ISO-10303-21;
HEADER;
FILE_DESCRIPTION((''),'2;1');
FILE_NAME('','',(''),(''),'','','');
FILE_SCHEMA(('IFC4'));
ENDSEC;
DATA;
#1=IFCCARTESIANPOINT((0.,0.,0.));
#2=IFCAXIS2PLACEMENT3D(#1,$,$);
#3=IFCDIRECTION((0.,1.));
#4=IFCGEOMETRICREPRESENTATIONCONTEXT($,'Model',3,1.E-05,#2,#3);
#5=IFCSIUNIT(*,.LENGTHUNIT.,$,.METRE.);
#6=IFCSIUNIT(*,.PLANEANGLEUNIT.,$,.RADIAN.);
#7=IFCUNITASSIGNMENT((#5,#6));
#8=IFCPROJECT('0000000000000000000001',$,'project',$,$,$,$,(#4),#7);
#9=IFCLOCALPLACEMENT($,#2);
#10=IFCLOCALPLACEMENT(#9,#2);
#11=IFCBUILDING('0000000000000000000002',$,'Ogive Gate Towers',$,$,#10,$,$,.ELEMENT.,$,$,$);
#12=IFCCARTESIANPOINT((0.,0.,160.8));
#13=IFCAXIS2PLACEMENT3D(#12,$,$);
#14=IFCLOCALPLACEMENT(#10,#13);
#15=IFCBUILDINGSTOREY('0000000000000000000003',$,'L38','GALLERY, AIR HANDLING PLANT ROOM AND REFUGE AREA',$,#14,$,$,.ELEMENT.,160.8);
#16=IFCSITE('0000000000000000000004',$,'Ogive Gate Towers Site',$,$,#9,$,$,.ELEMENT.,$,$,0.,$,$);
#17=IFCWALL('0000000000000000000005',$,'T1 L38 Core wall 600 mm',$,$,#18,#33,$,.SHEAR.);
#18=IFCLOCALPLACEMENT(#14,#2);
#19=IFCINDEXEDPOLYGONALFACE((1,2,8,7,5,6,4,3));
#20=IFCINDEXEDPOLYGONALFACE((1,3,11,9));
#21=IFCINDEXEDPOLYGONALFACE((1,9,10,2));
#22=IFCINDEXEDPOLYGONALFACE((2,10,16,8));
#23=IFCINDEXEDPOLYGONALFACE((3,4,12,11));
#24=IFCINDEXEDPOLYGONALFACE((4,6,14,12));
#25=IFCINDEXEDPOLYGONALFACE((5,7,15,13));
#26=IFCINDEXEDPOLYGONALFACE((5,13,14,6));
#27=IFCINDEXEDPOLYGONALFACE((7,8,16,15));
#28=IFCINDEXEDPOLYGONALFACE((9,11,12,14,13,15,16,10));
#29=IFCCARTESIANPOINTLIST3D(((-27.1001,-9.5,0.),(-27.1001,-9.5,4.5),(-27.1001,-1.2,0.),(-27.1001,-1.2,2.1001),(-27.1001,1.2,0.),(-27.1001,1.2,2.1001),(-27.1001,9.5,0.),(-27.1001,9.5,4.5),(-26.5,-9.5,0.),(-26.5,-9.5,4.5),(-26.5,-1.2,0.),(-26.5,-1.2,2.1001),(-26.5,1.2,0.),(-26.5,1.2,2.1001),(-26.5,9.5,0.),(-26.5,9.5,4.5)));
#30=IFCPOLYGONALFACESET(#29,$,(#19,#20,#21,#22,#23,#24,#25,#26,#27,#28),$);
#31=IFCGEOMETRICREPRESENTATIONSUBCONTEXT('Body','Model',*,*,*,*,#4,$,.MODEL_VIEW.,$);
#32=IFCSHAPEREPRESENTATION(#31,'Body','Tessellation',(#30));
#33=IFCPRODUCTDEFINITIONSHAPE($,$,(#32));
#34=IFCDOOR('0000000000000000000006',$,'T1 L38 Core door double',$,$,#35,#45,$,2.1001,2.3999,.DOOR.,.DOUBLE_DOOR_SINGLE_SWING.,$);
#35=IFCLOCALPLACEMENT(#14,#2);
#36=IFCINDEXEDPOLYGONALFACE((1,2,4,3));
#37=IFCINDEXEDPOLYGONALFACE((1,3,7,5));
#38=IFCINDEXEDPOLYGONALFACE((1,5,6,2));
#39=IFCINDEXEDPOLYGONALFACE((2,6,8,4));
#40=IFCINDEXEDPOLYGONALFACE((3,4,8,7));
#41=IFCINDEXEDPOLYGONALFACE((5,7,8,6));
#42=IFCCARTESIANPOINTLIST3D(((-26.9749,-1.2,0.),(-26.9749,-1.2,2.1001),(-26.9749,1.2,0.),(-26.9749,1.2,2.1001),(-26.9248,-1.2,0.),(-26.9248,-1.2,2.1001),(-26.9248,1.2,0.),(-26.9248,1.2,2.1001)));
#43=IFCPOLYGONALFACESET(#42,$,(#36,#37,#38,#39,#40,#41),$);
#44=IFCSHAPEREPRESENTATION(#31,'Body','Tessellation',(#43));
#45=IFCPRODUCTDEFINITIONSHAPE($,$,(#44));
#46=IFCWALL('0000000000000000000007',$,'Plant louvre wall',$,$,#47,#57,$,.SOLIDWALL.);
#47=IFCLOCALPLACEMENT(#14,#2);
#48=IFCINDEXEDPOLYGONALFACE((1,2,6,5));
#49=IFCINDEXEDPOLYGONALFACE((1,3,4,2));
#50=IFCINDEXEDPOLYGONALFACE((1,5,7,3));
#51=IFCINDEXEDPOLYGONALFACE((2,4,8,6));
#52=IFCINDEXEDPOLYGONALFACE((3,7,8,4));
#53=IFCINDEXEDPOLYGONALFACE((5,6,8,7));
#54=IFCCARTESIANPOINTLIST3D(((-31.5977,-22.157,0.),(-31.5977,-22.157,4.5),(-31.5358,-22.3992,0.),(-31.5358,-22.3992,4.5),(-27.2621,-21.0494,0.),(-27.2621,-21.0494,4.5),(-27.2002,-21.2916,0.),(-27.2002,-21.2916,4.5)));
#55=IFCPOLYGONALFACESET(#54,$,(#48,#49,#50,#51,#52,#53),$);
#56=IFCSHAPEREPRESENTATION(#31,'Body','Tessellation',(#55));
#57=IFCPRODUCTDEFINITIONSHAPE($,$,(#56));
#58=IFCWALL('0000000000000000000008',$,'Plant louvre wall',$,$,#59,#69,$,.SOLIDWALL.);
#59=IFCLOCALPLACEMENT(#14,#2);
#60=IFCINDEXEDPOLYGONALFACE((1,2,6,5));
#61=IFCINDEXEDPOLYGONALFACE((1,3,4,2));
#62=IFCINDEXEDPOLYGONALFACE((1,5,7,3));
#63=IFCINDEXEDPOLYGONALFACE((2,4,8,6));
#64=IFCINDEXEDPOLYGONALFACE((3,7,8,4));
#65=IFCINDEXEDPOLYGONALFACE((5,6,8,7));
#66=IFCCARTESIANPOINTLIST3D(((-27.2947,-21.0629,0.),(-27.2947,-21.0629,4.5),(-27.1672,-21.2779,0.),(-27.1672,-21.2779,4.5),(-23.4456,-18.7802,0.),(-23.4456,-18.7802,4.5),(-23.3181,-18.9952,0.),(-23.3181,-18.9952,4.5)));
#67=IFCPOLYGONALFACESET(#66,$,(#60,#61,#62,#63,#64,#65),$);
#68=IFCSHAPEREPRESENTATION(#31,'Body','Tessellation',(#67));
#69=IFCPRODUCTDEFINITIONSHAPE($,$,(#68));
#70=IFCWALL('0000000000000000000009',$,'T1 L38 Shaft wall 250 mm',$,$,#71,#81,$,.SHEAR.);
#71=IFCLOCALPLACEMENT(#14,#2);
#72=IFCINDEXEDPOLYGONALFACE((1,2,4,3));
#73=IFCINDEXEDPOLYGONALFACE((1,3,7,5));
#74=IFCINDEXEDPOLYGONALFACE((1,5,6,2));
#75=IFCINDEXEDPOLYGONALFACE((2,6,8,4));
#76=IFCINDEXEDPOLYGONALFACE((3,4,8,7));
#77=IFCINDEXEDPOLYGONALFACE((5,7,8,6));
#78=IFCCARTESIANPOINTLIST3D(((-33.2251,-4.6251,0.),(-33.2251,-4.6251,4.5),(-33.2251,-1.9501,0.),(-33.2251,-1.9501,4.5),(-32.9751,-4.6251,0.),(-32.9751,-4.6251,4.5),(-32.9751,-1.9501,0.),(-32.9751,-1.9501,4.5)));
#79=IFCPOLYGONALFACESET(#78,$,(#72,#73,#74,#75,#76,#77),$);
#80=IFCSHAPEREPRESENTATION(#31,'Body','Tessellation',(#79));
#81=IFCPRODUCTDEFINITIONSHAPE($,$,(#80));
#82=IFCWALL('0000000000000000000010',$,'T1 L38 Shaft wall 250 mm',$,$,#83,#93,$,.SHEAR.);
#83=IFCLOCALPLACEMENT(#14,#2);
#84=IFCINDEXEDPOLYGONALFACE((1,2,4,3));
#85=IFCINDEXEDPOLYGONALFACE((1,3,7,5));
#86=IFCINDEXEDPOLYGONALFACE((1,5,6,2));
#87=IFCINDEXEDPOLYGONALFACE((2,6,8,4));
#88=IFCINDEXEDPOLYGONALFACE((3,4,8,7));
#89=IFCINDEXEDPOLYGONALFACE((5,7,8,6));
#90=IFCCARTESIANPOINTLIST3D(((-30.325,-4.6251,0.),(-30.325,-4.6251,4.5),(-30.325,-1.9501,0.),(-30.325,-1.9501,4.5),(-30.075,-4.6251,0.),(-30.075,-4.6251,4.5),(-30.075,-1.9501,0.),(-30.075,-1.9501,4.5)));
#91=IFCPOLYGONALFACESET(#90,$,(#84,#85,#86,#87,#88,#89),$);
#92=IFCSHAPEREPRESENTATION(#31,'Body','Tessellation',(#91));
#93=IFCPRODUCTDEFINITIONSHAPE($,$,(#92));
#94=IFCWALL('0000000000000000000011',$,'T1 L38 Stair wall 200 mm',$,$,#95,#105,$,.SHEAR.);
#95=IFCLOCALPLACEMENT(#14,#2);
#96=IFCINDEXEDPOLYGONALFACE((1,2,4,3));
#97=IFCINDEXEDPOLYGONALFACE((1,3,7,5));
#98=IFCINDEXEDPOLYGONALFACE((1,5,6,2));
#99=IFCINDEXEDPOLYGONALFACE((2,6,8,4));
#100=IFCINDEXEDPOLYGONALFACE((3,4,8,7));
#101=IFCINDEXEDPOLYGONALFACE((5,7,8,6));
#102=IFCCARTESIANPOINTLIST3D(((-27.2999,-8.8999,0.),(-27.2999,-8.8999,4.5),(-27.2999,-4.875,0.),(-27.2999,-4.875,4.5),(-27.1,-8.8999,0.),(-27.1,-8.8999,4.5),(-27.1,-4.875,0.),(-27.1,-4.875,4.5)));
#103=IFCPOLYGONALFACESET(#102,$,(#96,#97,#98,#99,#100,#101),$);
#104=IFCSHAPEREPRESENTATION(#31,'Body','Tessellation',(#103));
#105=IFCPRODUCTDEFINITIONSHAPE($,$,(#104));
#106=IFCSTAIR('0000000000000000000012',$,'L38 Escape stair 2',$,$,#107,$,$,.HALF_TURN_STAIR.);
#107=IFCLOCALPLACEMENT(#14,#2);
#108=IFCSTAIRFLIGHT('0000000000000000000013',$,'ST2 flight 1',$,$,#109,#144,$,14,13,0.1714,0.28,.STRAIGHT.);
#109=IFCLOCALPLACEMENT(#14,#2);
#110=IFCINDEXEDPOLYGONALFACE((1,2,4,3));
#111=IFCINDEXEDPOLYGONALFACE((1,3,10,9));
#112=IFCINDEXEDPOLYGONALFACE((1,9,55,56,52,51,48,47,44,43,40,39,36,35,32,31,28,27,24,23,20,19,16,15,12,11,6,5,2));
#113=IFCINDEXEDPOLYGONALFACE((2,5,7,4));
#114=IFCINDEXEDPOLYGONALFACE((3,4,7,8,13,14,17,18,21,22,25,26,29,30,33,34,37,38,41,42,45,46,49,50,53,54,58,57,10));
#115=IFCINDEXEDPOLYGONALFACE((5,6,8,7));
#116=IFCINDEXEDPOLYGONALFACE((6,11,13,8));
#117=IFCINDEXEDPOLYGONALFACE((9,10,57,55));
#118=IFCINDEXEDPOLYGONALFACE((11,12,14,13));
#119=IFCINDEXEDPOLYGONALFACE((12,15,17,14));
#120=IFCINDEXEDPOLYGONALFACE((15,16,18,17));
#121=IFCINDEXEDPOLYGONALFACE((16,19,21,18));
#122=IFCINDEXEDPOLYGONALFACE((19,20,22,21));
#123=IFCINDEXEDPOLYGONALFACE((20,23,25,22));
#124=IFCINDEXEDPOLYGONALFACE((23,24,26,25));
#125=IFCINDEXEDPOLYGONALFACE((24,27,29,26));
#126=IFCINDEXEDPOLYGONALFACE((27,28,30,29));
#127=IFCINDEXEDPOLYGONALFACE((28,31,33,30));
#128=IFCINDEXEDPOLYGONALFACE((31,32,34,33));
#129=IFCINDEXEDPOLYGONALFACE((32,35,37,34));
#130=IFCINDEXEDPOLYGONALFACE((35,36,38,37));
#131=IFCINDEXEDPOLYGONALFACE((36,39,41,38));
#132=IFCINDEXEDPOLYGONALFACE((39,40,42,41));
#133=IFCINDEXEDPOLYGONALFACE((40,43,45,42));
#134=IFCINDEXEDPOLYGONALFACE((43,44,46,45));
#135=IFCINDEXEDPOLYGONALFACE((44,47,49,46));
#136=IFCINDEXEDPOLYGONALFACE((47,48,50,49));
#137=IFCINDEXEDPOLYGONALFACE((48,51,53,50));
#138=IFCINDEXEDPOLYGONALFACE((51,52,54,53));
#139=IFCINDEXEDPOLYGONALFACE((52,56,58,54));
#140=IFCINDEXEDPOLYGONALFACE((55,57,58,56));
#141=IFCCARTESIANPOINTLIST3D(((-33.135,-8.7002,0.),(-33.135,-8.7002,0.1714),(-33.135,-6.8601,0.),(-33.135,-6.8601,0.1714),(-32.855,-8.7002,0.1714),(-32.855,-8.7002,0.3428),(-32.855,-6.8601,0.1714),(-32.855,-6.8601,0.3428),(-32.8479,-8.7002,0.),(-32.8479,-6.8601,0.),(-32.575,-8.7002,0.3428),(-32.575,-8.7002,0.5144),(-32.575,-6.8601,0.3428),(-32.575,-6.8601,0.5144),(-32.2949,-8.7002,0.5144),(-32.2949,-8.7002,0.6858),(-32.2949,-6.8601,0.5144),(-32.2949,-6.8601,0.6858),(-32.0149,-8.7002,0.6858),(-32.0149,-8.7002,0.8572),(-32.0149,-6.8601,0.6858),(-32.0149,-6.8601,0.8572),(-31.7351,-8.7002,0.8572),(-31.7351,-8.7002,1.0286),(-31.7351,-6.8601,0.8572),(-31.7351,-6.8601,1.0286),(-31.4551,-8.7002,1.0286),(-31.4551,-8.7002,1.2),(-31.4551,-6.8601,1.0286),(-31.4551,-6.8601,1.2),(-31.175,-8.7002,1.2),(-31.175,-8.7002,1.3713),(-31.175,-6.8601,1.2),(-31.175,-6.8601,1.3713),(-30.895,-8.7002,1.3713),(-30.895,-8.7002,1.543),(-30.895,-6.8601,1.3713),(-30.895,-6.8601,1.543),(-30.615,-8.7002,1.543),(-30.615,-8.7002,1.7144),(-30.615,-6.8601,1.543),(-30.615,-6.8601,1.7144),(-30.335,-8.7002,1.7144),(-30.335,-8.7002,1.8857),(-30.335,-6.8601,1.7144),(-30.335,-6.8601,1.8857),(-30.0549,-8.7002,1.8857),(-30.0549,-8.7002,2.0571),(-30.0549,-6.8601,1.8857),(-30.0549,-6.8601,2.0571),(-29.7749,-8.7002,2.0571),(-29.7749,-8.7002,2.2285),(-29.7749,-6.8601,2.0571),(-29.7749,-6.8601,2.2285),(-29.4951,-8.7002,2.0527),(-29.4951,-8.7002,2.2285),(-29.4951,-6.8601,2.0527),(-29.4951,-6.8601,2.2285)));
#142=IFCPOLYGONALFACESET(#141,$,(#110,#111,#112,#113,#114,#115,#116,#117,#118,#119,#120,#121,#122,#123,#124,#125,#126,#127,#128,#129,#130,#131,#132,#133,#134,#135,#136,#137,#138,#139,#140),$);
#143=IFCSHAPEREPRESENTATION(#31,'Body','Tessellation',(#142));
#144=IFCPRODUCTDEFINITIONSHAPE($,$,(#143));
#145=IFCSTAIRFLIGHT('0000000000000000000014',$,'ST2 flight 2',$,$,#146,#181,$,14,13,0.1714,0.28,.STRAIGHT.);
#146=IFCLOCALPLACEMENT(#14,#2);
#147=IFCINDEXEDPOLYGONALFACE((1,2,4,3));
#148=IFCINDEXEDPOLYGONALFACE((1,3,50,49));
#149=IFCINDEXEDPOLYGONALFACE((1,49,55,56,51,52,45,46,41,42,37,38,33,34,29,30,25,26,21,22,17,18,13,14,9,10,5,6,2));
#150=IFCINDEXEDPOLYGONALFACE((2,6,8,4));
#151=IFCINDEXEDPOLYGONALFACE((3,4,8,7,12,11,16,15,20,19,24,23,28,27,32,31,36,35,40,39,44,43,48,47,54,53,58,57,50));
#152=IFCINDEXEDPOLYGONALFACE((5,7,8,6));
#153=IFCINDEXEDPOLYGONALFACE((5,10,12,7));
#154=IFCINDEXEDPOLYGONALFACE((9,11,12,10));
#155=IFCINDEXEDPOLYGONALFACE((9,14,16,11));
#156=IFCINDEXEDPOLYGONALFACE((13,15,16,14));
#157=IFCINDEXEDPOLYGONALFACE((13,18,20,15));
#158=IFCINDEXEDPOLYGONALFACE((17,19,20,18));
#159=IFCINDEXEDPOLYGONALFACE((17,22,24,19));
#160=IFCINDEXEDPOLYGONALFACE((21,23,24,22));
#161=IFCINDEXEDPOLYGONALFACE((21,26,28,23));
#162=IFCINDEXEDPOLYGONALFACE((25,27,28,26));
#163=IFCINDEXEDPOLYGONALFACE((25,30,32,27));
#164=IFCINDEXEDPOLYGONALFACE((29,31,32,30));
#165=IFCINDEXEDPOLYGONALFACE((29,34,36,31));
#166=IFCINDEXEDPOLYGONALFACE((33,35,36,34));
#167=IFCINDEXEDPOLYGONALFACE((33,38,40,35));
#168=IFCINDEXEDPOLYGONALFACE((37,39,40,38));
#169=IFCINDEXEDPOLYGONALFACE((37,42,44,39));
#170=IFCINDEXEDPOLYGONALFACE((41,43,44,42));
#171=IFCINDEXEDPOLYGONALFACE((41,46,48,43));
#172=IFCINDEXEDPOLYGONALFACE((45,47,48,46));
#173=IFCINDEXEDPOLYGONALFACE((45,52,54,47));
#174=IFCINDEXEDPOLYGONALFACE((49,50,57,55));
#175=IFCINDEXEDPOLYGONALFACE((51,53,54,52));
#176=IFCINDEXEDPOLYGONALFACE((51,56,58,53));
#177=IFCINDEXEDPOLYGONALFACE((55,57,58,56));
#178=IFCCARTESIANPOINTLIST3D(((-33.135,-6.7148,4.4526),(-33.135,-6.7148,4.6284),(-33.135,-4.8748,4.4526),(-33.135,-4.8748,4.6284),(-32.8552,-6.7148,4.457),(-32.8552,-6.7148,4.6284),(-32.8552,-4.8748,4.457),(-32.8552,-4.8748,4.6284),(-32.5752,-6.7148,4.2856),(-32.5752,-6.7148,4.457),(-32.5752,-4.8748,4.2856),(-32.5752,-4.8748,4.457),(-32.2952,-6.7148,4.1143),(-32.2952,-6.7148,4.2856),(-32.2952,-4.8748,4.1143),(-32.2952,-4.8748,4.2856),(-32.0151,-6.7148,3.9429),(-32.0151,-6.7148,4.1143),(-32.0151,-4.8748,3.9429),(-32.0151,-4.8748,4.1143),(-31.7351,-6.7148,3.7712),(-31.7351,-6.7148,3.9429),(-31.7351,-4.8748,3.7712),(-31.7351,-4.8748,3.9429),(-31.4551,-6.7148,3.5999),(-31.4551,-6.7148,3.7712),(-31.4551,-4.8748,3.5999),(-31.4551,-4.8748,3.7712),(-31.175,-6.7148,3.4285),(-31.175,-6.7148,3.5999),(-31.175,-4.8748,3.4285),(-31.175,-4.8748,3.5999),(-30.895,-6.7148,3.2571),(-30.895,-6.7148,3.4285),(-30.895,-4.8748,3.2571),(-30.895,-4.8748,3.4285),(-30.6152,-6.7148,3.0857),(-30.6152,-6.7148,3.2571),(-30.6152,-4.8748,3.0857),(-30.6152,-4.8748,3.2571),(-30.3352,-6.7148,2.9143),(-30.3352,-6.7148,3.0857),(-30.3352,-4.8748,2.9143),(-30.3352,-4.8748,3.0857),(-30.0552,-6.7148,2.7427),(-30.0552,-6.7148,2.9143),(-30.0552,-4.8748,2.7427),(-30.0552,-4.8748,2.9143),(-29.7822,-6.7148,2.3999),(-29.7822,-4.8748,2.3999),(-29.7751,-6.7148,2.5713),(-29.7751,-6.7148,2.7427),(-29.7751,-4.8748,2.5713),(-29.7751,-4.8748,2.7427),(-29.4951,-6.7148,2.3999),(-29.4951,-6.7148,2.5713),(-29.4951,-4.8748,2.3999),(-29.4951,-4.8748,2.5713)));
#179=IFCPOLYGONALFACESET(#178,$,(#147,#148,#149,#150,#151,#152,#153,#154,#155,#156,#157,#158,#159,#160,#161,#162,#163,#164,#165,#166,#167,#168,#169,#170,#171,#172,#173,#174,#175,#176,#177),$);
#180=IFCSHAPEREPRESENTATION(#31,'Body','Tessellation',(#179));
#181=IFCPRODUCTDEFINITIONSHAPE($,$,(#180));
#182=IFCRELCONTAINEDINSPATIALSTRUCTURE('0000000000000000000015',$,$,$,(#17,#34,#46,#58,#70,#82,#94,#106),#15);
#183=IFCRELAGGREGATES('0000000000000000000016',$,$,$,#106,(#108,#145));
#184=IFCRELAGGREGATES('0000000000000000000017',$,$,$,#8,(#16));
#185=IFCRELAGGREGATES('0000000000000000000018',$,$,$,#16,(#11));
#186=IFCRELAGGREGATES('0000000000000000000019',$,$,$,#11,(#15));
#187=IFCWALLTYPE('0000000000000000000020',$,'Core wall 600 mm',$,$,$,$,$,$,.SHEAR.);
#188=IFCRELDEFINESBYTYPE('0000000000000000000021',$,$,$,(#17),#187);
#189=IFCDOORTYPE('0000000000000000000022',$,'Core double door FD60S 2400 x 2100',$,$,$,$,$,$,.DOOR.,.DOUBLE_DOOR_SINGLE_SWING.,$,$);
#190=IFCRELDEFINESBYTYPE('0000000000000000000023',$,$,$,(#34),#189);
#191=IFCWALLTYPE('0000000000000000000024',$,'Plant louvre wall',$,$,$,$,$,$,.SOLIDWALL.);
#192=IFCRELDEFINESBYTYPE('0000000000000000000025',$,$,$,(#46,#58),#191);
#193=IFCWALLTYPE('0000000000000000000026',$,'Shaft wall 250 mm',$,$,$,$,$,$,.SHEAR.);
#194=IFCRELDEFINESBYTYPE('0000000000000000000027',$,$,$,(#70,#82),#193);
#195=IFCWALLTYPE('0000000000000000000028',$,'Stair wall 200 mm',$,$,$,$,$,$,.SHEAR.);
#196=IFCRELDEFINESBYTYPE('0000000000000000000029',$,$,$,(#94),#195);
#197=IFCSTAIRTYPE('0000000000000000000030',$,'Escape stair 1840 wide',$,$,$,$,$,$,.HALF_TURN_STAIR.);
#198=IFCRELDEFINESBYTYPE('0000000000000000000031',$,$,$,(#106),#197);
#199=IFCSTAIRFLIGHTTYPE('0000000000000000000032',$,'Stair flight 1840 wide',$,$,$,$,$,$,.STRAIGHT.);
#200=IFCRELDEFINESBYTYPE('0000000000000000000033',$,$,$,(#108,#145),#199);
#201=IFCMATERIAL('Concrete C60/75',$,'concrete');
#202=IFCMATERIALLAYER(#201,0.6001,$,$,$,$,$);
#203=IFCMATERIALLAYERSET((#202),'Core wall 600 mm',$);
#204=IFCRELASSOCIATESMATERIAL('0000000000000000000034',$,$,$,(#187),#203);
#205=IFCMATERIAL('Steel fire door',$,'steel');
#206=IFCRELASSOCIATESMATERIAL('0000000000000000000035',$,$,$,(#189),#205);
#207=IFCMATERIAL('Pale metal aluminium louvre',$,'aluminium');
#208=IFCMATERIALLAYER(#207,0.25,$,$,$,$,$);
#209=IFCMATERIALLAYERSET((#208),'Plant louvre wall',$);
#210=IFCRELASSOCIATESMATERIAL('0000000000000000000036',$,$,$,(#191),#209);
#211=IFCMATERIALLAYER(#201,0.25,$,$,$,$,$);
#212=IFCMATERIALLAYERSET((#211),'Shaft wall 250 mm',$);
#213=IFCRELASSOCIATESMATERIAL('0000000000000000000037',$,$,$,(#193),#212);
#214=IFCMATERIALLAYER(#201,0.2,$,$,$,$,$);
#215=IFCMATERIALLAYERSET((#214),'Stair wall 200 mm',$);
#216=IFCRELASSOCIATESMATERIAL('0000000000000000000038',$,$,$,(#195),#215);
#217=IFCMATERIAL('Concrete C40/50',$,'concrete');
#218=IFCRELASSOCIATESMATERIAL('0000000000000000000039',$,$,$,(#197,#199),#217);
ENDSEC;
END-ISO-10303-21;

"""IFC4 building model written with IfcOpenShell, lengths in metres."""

from ifc_helpers import new_model, si_unit, direction, frame, frame_2d, origin, place, context, subcontext, project, spatial, polyline, rectangle, outline, extrude, material, layer, layer_set, type_object, element, fill, aggregate, save


model = new_model("IFC4")

# Units and contexts
model_context = context("Model", 3, precision=1e-05, world=origin(), true_north=direction((0.0, 1.0)))
body_context = subcontext(model_context, "Body", "Model", "MODEL_VIEW")
ifc_project = project(units=[si_unit("LENGTHUNIT", "METRE"), si_unit("PLANEANGLEUNIT", "RADIAN")], contexts=[model_context])

# Site, building, storey
site_placement = place(None, origin())
site = spatial("IfcSite", under=ifc_project, at=site_placement, Name="Ogive Gate Towers Site", CompositionType="ELEMENT", RefElevation=0.0)
building_placement = place(site_placement, origin())
building = spatial("IfcBuilding", under=site, at=building_placement, Name="Ogive Gate Towers", CompositionType="ELEMENT")
storey_placement = place(building_placement, frame((0.0, 0.0, 160.8)))
storey = spatial("IfcBuildingStorey", under=building, at=storey_placement, Name="L38", Description="GALLERY, AIR HANDLING PLANT ROOM AND REFUGE AREA", CompositionType="ELEMENT", Elevation=160.8)

# Wall, opening, door
ifc_material_1 = material(Name="Steel fire door", Category="steel")
ifc_material_2 = material(Name="Concrete C60/75", Category="concrete")
ifc_layer_1 = layer(ifc_material_2, 0.6001)
ifc_layer_set_1 = layer_set([ifc_layer_1], Name="Core wall 600 mm")
wall_type_1 = type_object("IfcWallType", Name="Core wall 600 mm", PredefinedType="SHEAR", material=ifc_layer_set_1)
wall_1_placement = place(storey_placement, frame((-26.8, -9.5, 0.0), z_axis=(0.0, 0.0, 1.0), x_axis=(0.0, 1.0, 0.0)))
wall_1 = element("IfcWall", 1, at=wall_1_placement, inside=storey, type_object=wall_type_1, Name="T1 L38 Core wall 600 mm", PredefinedType="SHEAR", context=body_context, shape_type="SweptSolid", body=[
    extrude(rectangle(XDim=19.0, YDim=0.6001, at=frame_2d((9.5, 0.0))), origin(), (0.0, 0.0, 1.0), 4.5),
])
opening_1_placement = place(wall_1_placement, frame((8.3, 0.0, 0.0)))
opening_1 = element("IfcOpeningElement", 2, at=opening_1_placement, cuts=wall_1, PredefinedType="OPENING", context=body_context, shape_type="SweptSolid", body=[
    extrude(rectangle(XDim=2.3999, YDim=2.1001, at=frame_2d((1.2, 1.05))), frame((0.0, 0.3101, 0.0), z_axis=(0.0, -1.0, 0.0), x_axis=(1.0, 0.0, 0.0)), (0.0, 0.0, 1.0), 0.6201),
])
door_type_1 = type_object("IfcDoorType", Name="Core double door FD60S 2400 x 2100", OperationType="DOUBLE_DOOR_SINGLE_SWING", PredefinedType="DOOR", material=ifc_material_1)
door_1_placement = place(opening_1_placement, origin())
door_1 = element("IfcDoor", 3, at=door_1_placement, inside=storey, type_object=door_type_1, Name="T1 L38 Core door double", OperationType="DOUBLE_DOOR_SINGLE_SWING", OverallHeight=2.1001, OverallWidth=2.3999, PredefinedType="DOOR", context=body_context, shape_type="SweptSolid", body=[
    extrude(rectangle(XDim=2.3999, YDim=2.1001, at=frame_2d((1.2, 1.05))), frame((0.0, 0.1748, 0.0), z_axis=(0.0, -1.0, 0.0), x_axis=(1.0, 0.0, 0.0)), (0.0, 0.0, 1.0), 0.05),
])
fill(opening_1, door_1)

# Walls
ifc_material_3 = material(Name="Pale metal aluminium louvre", Category="aluminium")
ifc_layer_2 = layer(ifc_material_3, 0.25)
ifc_layer_set_2 = layer_set([ifc_layer_2], Name="Plant louvre wall")
wall_type_2 = type_object("IfcWallType", Name="Plant louvre wall", PredefinedType="SOLIDWALL", material=ifc_layer_set_2)
wall_2_placement = place(storey_placement, frame((-31.5667, -22.2781, 0.0), z_axis=(0.0, 0.0, 1.0), x_axis=(0.968881, 0.247526, 0.0)))
element("IfcWall", 4, at=wall_2_placement, inside=storey, type_object=wall_type_2, Name="Plant louvre wall", PredefinedType="SOLIDWALL", context=body_context, shape_type="SweptSolid", body=[
    extrude(rectangle(XDim=4.4749, YDim=0.25, at=frame_2d((2.2373, 0.0))), origin(), (0.0, 0.0, 1.0), 4.5),
])
wall_3_placement = place(storey_placement, frame((-27.231, -21.1704, 0.0), z_axis=(0.0, 0.0, 1.0), x_axis=(0.86012, 0.510092, 0.0)))
element("IfcWall", 5, at=wall_3_placement, inside=storey, type_object=wall_type_2, Name="Plant louvre wall", PredefinedType="SOLIDWALL", context=body_context, shape_type="SweptSolid", body=[
    extrude(rectangle(XDim=4.4751, YDim=0.25, at=frame_2d((2.2375, 0.0))), origin(), (0.0, 0.0, 1.0), 4.5),
])
ifc_layer_3 = layer(ifc_material_2, 0.25)
ifc_layer_set_3 = layer_set([ifc_layer_3], Name="Shaft wall 250 mm")
wall_type_3 = type_object("IfcWallType", Name="Shaft wall 250 mm", PredefinedType="SHEAR", material=ifc_layer_set_3)
for number, where, z_axis, x_axis, name in (
    (6, (-33.1001, -4.625, 0.0), (0.0, 0.0, 1.0), (0.0, 1.0, 0.0), "T1 L38 Shaft wall 250 mm"),
    (7, (-30.2, -4.625, 0.0), (0.0, 0.0, 1.0), (0.0, 1.0, 0.0), "T1 L38 Shaft wall 250 mm"),
):
    element("IfcWall", number, at=place(storey_placement, frame(where, z_axis=z_axis, x_axis=x_axis)), inside=storey, type_object=wall_type_3, Name=name, PredefinedType="SHEAR", context=body_context, shape_type="SweptSolid", body=[
        extrude(rectangle(XDim=2.675, YDim=0.25, at=frame_2d((1.3374, 0.0))), origin(), (0.0, 0.0, 1.0), 4.5),
    ])
ifc_layer_4 = layer(ifc_material_2, 0.2)
ifc_layer_set_4 = layer_set([ifc_layer_4], Name="Stair wall 200 mm")
wall_type_4 = type_object("IfcWallType", Name="Stair wall 200 mm", PredefinedType="SHEAR", material=ifc_layer_set_4)
wall_4_placement = place(storey_placement, frame((-27.2, -8.8999, 0.0), z_axis=(0.0, 0.0, 1.0), x_axis=(0.0, 1.0, 0.0)))
element("IfcWall", 8, at=wall_4_placement, inside=storey, type_object=wall_type_4, Name="T1 L38 Stair wall 200 mm", PredefinedType="SHEAR", context=body_context, shape_type="SweptSolid", body=[
    extrude(rectangle(XDim=4.0249, YDim=0.2, at=frame_2d((2.0125, 0.0))), origin(), (0.0, 0.0, 1.0), 4.5),
])

# Stair, stair flights
ifc_material_4 = material(Name="Concrete C40/50", Category="concrete")
stair_type = type_object("IfcStairType", Name="Escape stair 1840 wide", PredefinedType="HALF_TURN_STAIR", material=ifc_material_4)
stair_placement = place(storey_placement, origin())
stair = element("IfcStair", 9, at=stair_placement, inside=storey, type_object=stair_type, Name="L38 Escape stair 2", PredefinedType="HALF_TURN_STAIR")
stair_flight_type = type_object("IfcStairFlightType", Name="Stair flight 1840 wide", PredefinedType="STRAIGHT", material=ifc_material_4)
stair_flight_1_placement = place(storey_placement, frame((-33.135, -7.78, 0.0), z_axis=(0.0, 0.0, 1.0), x_axis=(1.0, 0.0, 0.0)))
stair_flight_1 = element("IfcStairFlight", 10, at=stair_flight_1_placement, type_object=stair_flight_type, Name="ST2 flight 1", NumberOfRisers=14, NumberOfTreads=13, PredefinedType="STRAIGHT", RiserHeight=0.1714, TreadLength=0.28, context=body_context, shape_type="SweptSolid", body=[
    extrude(outline(polyline([(0.0, 0.0), (0.0, 0.1714), (0.28, 0.1714), (0.28, 0.3428), (0.5601, 0.3428), (0.5601, 0.5144), (0.8401, 0.5144), (0.8401, 0.6858), (1.1201, 0.6858), (1.1201, 0.8572), (1.3999, 0.8572), (1.3999, 1.0286), (1.6799, 1.0286), (1.6799, 1.2), (1.96, 1.2), (1.96, 1.3713), (2.24, 1.3713), (2.24, 1.543), (2.52, 1.543), (2.52, 1.7144), (2.8, 1.7144), (2.8, 1.8857), (3.0801, 1.8857), (3.0801, 2.0571), (3.3601, 2.0571), (3.3601, 2.2285), (3.6399, 2.2285), (3.6399, 2.3999), (3.6399, 2.0527), (0.2871, 0.0), (0.0, 0.0)])), frame((0.0, 0.9199, 0.0), z_axis=(0.0, -1.0, 0.0), x_axis=(1.0, 0.0, 0.0)), (0.0, 0.0, 1.0), 1.8401),
])
stair_flight_2_placement = place(storey_placement, frame((-29.4951, -5.7949, 2.3999), z_axis=(0.0, 0.0, 1.0), x_axis=(-1.0, 0.0, 0.0)))
stair_flight_2 = element("IfcStairFlight", 11, at=stair_flight_2_placement, type_object=stair_flight_type, Name="ST2 flight 2", NumberOfRisers=14, NumberOfTreads=13, PredefinedType="STRAIGHT", RiserHeight=0.1714, TreadLength=0.28, context=body_context, shape_type="SweptSolid", body=[
    extrude(outline(polyline([(0.0, 0.0), (0.0, 0.1714), (0.28, 0.1714), (0.28, 0.3428), (0.5601, 0.3428), (0.5601, 0.5144), (0.8401, 0.5144), (0.8401, 0.6858), (1.1201, 0.6858), (1.1201, 0.8572), (1.3999, 0.8572), (1.3999, 1.0286), (1.6799, 1.0286), (1.6799, 1.2), (1.96, 1.2), (1.96, 1.3713), (2.24, 1.3713), (2.24, 1.543), (2.52, 1.543), (2.52, 1.7144), (2.8, 1.7144), (2.8, 1.8857), (3.0801, 1.8857), (3.0801, 2.0571), (3.3601, 2.0571), (3.3601, 2.2285), (3.6399, 2.2285), (3.6399, 2.3999), (3.6399, 2.0527), (0.2871, 0.0), (0.0, 0.0)])), frame((0.0, 0.9199, 0.0), z_axis=(0.0, -1.0, 0.0), x_axis=(1.0, 0.0, 0.0)), (0.0, 0.0, 1.0), 1.8401),
])
aggregate(stair, [stair_flight_1, stair_flight_2])

save(model, "model.ifc")
